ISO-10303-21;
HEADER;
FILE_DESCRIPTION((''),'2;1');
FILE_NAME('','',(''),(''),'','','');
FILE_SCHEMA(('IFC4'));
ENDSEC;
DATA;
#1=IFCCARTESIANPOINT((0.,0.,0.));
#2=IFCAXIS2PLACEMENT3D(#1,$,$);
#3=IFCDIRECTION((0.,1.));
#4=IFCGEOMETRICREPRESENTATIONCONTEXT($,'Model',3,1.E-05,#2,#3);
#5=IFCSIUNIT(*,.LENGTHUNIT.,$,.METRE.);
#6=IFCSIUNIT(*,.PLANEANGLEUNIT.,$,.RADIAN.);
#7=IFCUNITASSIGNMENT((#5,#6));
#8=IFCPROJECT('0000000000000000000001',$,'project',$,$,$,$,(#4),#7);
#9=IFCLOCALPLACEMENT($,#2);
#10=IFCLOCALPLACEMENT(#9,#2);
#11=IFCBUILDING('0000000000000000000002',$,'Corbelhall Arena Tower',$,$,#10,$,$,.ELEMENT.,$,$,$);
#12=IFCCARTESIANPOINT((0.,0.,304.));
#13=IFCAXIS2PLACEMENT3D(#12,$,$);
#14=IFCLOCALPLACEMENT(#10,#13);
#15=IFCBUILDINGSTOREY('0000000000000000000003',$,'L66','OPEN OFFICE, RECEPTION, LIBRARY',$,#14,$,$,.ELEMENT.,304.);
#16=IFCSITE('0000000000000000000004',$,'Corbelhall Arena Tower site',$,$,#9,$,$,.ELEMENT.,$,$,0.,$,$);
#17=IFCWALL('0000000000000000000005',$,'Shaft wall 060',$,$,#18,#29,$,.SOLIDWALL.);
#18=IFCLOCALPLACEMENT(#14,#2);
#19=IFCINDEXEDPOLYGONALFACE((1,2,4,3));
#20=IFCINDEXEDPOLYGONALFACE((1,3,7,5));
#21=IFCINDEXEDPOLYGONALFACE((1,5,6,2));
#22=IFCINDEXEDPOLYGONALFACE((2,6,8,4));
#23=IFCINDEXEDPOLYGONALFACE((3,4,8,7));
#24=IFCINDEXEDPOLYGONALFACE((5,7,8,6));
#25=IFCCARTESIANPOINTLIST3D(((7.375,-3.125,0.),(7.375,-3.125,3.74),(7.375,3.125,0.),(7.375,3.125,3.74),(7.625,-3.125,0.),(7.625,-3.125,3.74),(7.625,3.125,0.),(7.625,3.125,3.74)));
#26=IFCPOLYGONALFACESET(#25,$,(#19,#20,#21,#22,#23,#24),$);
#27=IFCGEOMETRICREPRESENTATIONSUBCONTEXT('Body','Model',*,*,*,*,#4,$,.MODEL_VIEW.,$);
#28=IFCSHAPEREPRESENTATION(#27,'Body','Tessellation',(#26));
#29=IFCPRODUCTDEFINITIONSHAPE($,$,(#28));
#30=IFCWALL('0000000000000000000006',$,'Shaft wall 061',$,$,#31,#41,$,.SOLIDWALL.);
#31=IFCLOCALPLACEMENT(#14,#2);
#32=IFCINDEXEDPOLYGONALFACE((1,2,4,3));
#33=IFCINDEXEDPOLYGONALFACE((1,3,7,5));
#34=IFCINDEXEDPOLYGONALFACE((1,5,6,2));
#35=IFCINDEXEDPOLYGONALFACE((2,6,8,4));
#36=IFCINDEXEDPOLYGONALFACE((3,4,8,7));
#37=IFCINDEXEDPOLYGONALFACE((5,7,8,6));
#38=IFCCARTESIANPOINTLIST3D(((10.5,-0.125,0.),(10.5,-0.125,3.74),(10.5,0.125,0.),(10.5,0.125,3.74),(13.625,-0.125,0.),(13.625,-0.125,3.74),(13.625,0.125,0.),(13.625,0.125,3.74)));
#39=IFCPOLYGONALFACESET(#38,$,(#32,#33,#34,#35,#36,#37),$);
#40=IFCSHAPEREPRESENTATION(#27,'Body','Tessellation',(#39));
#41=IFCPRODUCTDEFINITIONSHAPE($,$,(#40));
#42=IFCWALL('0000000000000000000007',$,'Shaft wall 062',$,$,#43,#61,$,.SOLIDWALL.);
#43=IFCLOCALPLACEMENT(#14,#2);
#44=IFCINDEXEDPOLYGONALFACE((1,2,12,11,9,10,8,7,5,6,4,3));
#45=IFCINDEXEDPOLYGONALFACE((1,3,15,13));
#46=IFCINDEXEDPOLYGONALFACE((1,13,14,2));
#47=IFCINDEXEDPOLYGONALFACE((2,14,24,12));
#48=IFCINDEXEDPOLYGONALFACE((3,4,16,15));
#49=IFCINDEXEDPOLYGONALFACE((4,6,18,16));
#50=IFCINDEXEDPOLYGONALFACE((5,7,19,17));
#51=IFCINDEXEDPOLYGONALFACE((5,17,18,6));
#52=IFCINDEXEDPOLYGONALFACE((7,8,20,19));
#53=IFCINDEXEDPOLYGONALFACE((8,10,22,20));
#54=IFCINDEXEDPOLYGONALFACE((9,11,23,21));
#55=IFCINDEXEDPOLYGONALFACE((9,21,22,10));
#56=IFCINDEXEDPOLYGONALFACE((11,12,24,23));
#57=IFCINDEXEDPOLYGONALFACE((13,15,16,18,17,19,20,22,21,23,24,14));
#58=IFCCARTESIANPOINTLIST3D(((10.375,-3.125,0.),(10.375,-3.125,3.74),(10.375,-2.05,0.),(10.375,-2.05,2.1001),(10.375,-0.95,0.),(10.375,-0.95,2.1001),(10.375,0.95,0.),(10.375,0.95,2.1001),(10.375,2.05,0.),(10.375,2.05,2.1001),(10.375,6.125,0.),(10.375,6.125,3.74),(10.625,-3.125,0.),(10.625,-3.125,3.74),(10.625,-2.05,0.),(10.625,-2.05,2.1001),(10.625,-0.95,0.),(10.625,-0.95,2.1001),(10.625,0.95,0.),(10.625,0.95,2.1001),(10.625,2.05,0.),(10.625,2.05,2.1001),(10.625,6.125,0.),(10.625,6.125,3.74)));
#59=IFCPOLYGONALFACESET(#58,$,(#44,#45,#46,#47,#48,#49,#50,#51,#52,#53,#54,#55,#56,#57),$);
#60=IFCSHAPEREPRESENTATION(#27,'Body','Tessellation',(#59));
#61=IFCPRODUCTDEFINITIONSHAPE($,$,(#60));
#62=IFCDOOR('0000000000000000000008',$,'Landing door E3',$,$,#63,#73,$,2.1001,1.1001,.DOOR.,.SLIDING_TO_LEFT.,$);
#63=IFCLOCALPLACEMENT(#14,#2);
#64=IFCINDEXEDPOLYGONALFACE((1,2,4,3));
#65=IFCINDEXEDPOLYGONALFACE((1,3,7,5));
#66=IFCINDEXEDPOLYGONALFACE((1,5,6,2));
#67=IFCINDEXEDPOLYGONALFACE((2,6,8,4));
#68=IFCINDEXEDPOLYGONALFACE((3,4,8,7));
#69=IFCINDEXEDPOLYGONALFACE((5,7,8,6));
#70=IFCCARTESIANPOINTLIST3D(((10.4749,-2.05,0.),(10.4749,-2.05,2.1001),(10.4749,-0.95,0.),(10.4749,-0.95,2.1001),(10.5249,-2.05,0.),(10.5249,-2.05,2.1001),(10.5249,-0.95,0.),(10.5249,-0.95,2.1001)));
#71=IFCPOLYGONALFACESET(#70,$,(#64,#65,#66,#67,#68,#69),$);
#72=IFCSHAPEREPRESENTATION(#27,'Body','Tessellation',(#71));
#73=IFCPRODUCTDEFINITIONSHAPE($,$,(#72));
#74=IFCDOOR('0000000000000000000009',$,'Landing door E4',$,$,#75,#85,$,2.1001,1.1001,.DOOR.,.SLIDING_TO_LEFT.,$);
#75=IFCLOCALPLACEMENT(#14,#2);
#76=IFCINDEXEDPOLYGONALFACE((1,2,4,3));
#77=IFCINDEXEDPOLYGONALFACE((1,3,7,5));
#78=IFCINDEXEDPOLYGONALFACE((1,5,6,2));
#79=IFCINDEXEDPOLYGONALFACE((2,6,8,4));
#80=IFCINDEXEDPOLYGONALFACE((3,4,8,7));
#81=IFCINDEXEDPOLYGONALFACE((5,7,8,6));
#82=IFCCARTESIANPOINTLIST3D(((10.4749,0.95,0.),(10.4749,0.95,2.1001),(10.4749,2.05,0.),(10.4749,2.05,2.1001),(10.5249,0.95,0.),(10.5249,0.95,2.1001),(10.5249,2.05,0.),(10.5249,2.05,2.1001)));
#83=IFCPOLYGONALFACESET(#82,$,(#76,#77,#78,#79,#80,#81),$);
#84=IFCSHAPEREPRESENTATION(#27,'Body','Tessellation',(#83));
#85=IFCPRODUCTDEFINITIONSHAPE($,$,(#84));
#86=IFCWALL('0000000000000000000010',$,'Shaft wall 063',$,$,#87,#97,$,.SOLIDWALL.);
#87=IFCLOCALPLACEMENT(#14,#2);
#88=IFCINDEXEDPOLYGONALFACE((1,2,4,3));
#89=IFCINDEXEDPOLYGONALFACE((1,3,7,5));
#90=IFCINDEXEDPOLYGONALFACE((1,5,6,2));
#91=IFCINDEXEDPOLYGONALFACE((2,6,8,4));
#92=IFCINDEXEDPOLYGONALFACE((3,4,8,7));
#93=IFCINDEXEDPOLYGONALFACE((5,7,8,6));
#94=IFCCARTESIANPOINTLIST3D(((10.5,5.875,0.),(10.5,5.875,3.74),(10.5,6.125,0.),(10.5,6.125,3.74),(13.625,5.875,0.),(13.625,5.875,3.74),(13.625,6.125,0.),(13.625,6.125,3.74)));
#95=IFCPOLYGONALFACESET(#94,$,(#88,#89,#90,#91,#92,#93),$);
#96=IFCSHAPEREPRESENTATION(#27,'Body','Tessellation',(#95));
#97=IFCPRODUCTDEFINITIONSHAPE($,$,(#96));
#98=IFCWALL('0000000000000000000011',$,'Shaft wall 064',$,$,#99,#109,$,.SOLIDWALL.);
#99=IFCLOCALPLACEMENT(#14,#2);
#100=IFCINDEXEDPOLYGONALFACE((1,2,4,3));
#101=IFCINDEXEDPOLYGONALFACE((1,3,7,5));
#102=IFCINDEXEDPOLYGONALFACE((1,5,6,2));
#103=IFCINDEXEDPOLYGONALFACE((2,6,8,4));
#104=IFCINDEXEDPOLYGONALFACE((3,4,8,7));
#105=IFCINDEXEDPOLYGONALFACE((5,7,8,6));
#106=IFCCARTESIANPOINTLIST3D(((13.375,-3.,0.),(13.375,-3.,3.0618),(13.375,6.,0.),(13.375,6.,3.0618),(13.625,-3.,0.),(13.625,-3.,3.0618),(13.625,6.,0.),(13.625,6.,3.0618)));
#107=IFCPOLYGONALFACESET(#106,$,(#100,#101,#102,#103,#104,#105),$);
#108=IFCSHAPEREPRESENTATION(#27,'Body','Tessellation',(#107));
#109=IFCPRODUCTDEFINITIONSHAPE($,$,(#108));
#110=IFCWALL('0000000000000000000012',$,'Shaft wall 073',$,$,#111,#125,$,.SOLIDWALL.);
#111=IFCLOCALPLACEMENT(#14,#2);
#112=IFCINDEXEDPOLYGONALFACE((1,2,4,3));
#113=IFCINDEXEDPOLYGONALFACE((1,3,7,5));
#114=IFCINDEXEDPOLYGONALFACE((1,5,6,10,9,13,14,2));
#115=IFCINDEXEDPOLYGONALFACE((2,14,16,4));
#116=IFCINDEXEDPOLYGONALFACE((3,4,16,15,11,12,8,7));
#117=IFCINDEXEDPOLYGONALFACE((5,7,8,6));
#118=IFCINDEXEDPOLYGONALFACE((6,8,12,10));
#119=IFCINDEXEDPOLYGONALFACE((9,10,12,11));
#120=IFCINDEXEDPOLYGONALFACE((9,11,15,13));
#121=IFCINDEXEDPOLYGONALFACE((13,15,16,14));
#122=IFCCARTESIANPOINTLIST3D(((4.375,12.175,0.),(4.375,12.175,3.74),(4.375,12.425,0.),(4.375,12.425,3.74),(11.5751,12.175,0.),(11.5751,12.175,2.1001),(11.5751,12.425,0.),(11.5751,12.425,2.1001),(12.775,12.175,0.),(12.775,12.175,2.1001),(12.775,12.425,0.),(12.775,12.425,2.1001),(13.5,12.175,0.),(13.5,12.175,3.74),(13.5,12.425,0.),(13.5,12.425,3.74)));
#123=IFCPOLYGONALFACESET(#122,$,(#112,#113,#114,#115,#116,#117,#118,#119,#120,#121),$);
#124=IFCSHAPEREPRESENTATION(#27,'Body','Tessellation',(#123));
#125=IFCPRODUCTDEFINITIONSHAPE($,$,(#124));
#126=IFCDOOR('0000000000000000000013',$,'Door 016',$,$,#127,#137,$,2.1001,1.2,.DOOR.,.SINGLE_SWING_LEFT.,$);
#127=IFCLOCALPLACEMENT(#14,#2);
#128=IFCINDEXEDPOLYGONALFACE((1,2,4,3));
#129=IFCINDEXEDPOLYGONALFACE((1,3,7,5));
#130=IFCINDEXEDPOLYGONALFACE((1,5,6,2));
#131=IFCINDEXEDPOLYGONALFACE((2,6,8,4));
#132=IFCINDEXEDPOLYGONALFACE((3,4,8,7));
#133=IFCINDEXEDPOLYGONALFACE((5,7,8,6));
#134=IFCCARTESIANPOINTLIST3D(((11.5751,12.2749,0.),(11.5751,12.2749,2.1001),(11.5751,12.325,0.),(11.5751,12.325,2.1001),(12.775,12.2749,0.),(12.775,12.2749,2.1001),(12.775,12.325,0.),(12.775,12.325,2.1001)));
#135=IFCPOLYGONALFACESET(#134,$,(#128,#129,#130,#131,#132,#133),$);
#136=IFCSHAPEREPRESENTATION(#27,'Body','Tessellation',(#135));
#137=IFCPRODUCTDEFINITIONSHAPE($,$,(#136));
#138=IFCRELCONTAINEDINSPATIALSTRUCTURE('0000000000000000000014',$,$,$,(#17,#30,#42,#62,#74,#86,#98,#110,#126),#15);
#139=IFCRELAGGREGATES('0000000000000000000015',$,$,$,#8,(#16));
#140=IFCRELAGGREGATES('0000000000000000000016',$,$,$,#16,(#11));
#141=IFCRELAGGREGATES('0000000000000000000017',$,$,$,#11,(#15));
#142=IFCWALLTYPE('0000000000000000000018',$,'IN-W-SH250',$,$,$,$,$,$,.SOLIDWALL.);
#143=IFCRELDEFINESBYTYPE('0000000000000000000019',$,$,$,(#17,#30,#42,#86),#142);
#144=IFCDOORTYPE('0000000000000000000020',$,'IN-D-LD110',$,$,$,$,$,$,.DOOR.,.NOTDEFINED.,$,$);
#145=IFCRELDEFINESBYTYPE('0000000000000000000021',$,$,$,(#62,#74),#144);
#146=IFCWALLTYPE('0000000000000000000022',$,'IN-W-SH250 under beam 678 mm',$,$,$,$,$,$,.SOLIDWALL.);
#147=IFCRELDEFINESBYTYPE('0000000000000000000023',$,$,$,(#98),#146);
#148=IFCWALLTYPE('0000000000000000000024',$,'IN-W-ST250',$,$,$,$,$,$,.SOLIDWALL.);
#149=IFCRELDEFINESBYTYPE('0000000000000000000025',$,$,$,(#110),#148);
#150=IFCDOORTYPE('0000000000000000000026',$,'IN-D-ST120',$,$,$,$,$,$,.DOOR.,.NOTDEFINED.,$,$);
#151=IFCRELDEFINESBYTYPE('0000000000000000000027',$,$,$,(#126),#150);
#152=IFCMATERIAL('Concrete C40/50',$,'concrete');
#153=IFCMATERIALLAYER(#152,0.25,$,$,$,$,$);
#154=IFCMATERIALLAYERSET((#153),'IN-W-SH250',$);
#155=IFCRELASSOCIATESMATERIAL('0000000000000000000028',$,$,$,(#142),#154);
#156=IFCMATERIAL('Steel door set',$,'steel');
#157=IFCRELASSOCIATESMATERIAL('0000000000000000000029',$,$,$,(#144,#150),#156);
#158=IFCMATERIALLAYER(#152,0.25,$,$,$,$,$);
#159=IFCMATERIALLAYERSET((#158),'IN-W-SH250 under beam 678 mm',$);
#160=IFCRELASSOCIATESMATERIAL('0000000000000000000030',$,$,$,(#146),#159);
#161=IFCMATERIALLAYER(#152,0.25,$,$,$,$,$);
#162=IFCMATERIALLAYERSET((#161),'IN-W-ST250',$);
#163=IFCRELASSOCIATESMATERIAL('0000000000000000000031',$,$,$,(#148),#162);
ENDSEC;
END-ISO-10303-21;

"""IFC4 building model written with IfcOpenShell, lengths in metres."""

from ifc_helpers import new_model, si_unit, direction, frame, frame_2d, origin, place, context, subcontext, project, spatial, rectangle, extrude, material, layer, layer_set, type_object, element, fill, save


model = new_model("IFC4")

# Units and contexts
model_context = context("Model", 3, precision=1e-05, world=origin(), true_north=direction((0.0, 1.0)))
body_context = subcontext(model_context, "Body", "Model", "MODEL_VIEW")
ifc_project = project(units=[si_unit("LENGTHUNIT", "METRE"), si_unit("PLANEANGLEUNIT", "RADIAN")], contexts=[model_context])

# Site, building, storey
site_placement = place(None, origin())
site = spatial("IfcSite", under=ifc_project, at=site_placement, Name="Corbelhall Arena Tower site", CompositionType="ELEMENT", RefElevation=0.0)
building_placement = place(site_placement, origin())
building = spatial("IfcBuilding", under=site, at=building_placement, Name="Corbelhall Arena Tower", CompositionType="ELEMENT")
storey_placement = place(building_placement, frame((0.0, 0.0, 304.0)))
storey = spatial("IfcBuildingStorey", under=building, at=storey_placement, Name="L66", Description="OPEN OFFICE, RECEPTION, LIBRARY", CompositionType="ELEMENT", Elevation=304.0)

# Shared definitions
ifc_material_1 = material(Name="Steel door set", Category="steel")

# Shared definitions
ifc_material_2 = material(Name="Concrete C40/50", Category="concrete")
ifc_layer_1 = layer(ifc_material_2, 0.25)
ifc_layer_set_1 = layer_set([ifc_layer_1], Name="IN-W-SH250")
wall_type_1 = type_object("IfcWallType", Name="IN-W-SH250", PredefinedType="SOLIDWALL", material=ifc_layer_set_1)

# Walls
wall_1_placement = place(storey_placement, frame((7.5, 3.125, 0.0), z_axis=(0.0, 0.0, 1.0), x_axis=(0.0, -1.0, 0.0)))
element("IfcWall", 1, at=wall_1_placement, inside=storey, type_object=wall_type_1, Name="Shaft wall 060", PredefinedType="SOLIDWALL", context=body_context, shape_type="SweptSolid", body=[
    extrude(rectangle(XDim=6.25, YDim=0.25, at=frame_2d((3.125, 0.0))), origin(), (0.0, 0.0, 1.0), 3.74),
])
wall_2_placement = place(storey_placement, frame((10.5, 0.0, 0.0), z_axis=(0.0, 0.0, 1.0), x_axis=(1.0, 0.0, 0.0)))
element("IfcWall", 2, at=wall_2_placement, inside=storey, type_object=wall_type_1, Name="Shaft wall 061", PredefinedType="SOLIDWALL", context=body_context, shape_type="SweptSolid", body=[
    extrude(rectangle(XDim=3.125, YDim=0.25, at=frame_2d((1.5625, 0.0))), origin(), (0.0, 0.0, 1.0), 3.74),
])

# Wall, openings, doors
wall_3_placement = place(storey_placement, frame((10.5, 6.125, 0.0), z_axis=(0.0, 0.0, 1.0), x_axis=(0.0, -1.0, 0.0)))
wall_3 = element("IfcWall", 3, at=wall_3_placement, inside=storey, type_object=wall_type_1, Name="Shaft wall 062", PredefinedType="SOLIDWALL", context=body_context, shape_type="SweptSolid", body=[
    extrude(rectangle(XDim=9.25, YDim=0.25, at=frame_2d((4.625, 0.0))), origin(), (0.0, 0.0, 1.0), 3.74),
])
opening_1_placement = place(wall_3_placement, frame((7.075, 0.0, 0.0)))
opening_1 = element("IfcOpeningElement", 4, at=opening_1_placement, cuts=wall_3, PredefinedType="OPENING", context=body_context, shape_type="SweptSolid", body=[
    extrude(rectangle(XDim=1.1001, YDim=2.1001, at=frame_2d((0.55, 1.05))), frame((0.0, 0.125, 0.0), z_axis=(0.0, -1.0, 0.0), x_axis=(1.0, 0.0, 0.0)), (0.0, 0.0, 1.0), 0.25),
])
opening_2_placement = place(wall_3_placement, frame((4.075, 0.0, 0.0)))
opening_2 = element("IfcOpeningElement", 5, at=opening_2_placement, cuts=wall_3, PredefinedType="OPENING", context=body_context, shape_type="SweptSolid", body=[
    extrude(rectangle(XDim=1.1001, YDim=2.1001, at=frame_2d((0.55, 1.05))), frame((0.0, 0.125, 0.0), z_axis=(0.0, -1.0, 0.0), x_axis=(1.0, 0.0, 0.0)), (0.0, 0.0, 1.0), 0.25),
])
door_type_1 = type_object("IfcDoorType", Name="IN-D-LD110", OperationType="NOTDEFINED", PredefinedType="DOOR", material=ifc_material_1)
door_1_placement = place(opening_1_placement, origin())
door_1 = element("IfcDoor", 6, at=door_1_placement, inside=storey, type_object=door_type_1, Name="Landing door E3", OperationType="SLIDING_TO_LEFT", OverallHeight=2.1001, OverallWidth=1.1001, PredefinedType="DOOR", context=body_context, shape_type="SweptSolid", body=[
    extrude(rectangle(XDim=1.1001, YDim=2.1001, at=frame_2d((0.55, 1.05))), frame((0.0, 0.0249, 0.0), z_axis=(0.0, -1.0, 0.0), x_axis=(1.0, 0.0, 0.0)), (0.0, 0.0, 1.0), 0.05),
])
fill(opening_1, door_1)
door_2_placement = place(opening_2_placement, origin())
door_2 = element("IfcDoor", 7, at=door_2_placement, inside=storey, type_object=door_type_1, Name="Landing door E4", OperationType="SLIDING_TO_LEFT", OverallHeight=2.1001, OverallWidth=1.1001, PredefinedType="DOOR", context=body_context, shape_type="SweptSolid", body=[
    extrude(rectangle(XDim=1.1001, YDim=2.1001, at=frame_2d((0.55, 1.05))), frame((0.0, 0.0249, 0.0), z_axis=(0.0, -1.0, 0.0), x_axis=(1.0, 0.0, 0.0)), (0.0, 0.0, 1.0), 0.05),
])
fill(opening_2, door_2)

# Walls
wall_4_placement = place(storey_placement, frame((10.5, 6.0, 0.0), z_axis=(0.0, 0.0, 1.0), x_axis=(1.0, 0.0, 0.0)))
element("IfcWall", 8, at=wall_4_placement, inside=storey, type_object=wall_type_1, Name="Shaft wall 063", PredefinedType="SOLIDWALL", context=body_context, shape_type="SweptSolid", body=[
    extrude(rectangle(XDim=3.125, YDim=0.25, at=frame_2d((1.5625, 0.0))), origin(), (0.0, 0.0, 1.0), 3.74),
])
ifc_layer_2 = layer(ifc_material_2, 0.25)
ifc_layer_set_2 = layer_set([ifc_layer_2], Name="IN-W-SH250 under beam 678 mm")
wall_type_2 = type_object("IfcWallType", Name="IN-W-SH250 under beam 678 mm", PredefinedType="SOLIDWALL", material=ifc_layer_set_2)
wall_5_placement = place(storey_placement, frame((13.5, 6.0, 0.0), z_axis=(0.0, 0.0, 1.0), x_axis=(0.0, -1.0, 0.0)))
element("IfcWall", 9, at=wall_5_placement, inside=storey, type_object=wall_type_2, Name="Shaft wall 064", PredefinedType="SOLIDWALL", context=body_context, shape_type="SweptSolid", body=[
    extrude(rectangle(XDim=9.0, YDim=0.25, at=frame_2d((4.5, 0.0))), origin(), (0.0, 0.0, 1.0), 3.0618),
])

# Wall, opening, door
ifc_layer_3 = layer(ifc_material_2, 0.25)
ifc_layer_set_3 = layer_set([ifc_layer_3], Name="IN-W-ST250")
wall_type_3 = type_object("IfcWallType", Name="IN-W-ST250", PredefinedType="SOLIDWALL", material=ifc_layer_set_3)
wall_6_placement = place(storey_placement, frame((4.375, 12.3, 0.0), z_axis=(0.0, 0.0, 1.0), x_axis=(1.0, 0.0, 0.0)))
wall_6 = element("IfcWall", 10, at=wall_6_placement, inside=storey, type_object=wall_type_3, Name="Shaft wall 073", PredefinedType="SOLIDWALL", context=body_context, shape_type="SweptSolid", body=[
    extrude(rectangle(XDim=9.125, YDim=0.25, at=frame_2d((4.5625, 0.0))), origin(), (0.0, 0.0, 1.0), 3.74),
])
opening_3_placement = place(wall_6_placement, frame((7.2, 0.0, 0.0)))
opening_3 = element("IfcOpeningElement", 11, at=opening_3_placement, cuts=wall_6, PredefinedType="OPENING", context=body_context, shape_type="SweptSolid", body=[
    extrude(rectangle(XDim=1.2, YDim=2.1001, at=frame_2d((0.6001, 1.05))), frame((0.0, 0.125, 0.0), z_axis=(0.0, -1.0, 0.0), x_axis=(1.0, 0.0, 0.0)), (0.0, 0.0, 1.0), 0.25),
])
door_type_2 = type_object("IfcDoorType", Name="IN-D-ST120", OperationType="NOTDEFINED", PredefinedType="DOOR", material=ifc_material_1)
door_3_placement = place(opening_3_placement, origin())
door_3 = element("IfcDoor", 12, at=door_3_placement, inside=storey, type_object=door_type_2, Name="Door 016", OperationType="SINGLE_SWING_LEFT", OverallHeight=2.1001, OverallWidth=1.2, PredefinedType="DOOR", context=body_context, shape_type="SweptSolid", body=[
    extrude(rectangle(XDim=1.2, YDim=2.1001, at=frame_2d((0.6001, 1.05))), frame((0.0, 0.0249, 0.0), z_axis=(0.0, -1.0, 0.0), x_axis=(1.0, 0.0, 0.0)), (0.0, 0.0, 1.0), 0.05),
])
fill(opening_3, door_3)

save(model, "model.ifc")
